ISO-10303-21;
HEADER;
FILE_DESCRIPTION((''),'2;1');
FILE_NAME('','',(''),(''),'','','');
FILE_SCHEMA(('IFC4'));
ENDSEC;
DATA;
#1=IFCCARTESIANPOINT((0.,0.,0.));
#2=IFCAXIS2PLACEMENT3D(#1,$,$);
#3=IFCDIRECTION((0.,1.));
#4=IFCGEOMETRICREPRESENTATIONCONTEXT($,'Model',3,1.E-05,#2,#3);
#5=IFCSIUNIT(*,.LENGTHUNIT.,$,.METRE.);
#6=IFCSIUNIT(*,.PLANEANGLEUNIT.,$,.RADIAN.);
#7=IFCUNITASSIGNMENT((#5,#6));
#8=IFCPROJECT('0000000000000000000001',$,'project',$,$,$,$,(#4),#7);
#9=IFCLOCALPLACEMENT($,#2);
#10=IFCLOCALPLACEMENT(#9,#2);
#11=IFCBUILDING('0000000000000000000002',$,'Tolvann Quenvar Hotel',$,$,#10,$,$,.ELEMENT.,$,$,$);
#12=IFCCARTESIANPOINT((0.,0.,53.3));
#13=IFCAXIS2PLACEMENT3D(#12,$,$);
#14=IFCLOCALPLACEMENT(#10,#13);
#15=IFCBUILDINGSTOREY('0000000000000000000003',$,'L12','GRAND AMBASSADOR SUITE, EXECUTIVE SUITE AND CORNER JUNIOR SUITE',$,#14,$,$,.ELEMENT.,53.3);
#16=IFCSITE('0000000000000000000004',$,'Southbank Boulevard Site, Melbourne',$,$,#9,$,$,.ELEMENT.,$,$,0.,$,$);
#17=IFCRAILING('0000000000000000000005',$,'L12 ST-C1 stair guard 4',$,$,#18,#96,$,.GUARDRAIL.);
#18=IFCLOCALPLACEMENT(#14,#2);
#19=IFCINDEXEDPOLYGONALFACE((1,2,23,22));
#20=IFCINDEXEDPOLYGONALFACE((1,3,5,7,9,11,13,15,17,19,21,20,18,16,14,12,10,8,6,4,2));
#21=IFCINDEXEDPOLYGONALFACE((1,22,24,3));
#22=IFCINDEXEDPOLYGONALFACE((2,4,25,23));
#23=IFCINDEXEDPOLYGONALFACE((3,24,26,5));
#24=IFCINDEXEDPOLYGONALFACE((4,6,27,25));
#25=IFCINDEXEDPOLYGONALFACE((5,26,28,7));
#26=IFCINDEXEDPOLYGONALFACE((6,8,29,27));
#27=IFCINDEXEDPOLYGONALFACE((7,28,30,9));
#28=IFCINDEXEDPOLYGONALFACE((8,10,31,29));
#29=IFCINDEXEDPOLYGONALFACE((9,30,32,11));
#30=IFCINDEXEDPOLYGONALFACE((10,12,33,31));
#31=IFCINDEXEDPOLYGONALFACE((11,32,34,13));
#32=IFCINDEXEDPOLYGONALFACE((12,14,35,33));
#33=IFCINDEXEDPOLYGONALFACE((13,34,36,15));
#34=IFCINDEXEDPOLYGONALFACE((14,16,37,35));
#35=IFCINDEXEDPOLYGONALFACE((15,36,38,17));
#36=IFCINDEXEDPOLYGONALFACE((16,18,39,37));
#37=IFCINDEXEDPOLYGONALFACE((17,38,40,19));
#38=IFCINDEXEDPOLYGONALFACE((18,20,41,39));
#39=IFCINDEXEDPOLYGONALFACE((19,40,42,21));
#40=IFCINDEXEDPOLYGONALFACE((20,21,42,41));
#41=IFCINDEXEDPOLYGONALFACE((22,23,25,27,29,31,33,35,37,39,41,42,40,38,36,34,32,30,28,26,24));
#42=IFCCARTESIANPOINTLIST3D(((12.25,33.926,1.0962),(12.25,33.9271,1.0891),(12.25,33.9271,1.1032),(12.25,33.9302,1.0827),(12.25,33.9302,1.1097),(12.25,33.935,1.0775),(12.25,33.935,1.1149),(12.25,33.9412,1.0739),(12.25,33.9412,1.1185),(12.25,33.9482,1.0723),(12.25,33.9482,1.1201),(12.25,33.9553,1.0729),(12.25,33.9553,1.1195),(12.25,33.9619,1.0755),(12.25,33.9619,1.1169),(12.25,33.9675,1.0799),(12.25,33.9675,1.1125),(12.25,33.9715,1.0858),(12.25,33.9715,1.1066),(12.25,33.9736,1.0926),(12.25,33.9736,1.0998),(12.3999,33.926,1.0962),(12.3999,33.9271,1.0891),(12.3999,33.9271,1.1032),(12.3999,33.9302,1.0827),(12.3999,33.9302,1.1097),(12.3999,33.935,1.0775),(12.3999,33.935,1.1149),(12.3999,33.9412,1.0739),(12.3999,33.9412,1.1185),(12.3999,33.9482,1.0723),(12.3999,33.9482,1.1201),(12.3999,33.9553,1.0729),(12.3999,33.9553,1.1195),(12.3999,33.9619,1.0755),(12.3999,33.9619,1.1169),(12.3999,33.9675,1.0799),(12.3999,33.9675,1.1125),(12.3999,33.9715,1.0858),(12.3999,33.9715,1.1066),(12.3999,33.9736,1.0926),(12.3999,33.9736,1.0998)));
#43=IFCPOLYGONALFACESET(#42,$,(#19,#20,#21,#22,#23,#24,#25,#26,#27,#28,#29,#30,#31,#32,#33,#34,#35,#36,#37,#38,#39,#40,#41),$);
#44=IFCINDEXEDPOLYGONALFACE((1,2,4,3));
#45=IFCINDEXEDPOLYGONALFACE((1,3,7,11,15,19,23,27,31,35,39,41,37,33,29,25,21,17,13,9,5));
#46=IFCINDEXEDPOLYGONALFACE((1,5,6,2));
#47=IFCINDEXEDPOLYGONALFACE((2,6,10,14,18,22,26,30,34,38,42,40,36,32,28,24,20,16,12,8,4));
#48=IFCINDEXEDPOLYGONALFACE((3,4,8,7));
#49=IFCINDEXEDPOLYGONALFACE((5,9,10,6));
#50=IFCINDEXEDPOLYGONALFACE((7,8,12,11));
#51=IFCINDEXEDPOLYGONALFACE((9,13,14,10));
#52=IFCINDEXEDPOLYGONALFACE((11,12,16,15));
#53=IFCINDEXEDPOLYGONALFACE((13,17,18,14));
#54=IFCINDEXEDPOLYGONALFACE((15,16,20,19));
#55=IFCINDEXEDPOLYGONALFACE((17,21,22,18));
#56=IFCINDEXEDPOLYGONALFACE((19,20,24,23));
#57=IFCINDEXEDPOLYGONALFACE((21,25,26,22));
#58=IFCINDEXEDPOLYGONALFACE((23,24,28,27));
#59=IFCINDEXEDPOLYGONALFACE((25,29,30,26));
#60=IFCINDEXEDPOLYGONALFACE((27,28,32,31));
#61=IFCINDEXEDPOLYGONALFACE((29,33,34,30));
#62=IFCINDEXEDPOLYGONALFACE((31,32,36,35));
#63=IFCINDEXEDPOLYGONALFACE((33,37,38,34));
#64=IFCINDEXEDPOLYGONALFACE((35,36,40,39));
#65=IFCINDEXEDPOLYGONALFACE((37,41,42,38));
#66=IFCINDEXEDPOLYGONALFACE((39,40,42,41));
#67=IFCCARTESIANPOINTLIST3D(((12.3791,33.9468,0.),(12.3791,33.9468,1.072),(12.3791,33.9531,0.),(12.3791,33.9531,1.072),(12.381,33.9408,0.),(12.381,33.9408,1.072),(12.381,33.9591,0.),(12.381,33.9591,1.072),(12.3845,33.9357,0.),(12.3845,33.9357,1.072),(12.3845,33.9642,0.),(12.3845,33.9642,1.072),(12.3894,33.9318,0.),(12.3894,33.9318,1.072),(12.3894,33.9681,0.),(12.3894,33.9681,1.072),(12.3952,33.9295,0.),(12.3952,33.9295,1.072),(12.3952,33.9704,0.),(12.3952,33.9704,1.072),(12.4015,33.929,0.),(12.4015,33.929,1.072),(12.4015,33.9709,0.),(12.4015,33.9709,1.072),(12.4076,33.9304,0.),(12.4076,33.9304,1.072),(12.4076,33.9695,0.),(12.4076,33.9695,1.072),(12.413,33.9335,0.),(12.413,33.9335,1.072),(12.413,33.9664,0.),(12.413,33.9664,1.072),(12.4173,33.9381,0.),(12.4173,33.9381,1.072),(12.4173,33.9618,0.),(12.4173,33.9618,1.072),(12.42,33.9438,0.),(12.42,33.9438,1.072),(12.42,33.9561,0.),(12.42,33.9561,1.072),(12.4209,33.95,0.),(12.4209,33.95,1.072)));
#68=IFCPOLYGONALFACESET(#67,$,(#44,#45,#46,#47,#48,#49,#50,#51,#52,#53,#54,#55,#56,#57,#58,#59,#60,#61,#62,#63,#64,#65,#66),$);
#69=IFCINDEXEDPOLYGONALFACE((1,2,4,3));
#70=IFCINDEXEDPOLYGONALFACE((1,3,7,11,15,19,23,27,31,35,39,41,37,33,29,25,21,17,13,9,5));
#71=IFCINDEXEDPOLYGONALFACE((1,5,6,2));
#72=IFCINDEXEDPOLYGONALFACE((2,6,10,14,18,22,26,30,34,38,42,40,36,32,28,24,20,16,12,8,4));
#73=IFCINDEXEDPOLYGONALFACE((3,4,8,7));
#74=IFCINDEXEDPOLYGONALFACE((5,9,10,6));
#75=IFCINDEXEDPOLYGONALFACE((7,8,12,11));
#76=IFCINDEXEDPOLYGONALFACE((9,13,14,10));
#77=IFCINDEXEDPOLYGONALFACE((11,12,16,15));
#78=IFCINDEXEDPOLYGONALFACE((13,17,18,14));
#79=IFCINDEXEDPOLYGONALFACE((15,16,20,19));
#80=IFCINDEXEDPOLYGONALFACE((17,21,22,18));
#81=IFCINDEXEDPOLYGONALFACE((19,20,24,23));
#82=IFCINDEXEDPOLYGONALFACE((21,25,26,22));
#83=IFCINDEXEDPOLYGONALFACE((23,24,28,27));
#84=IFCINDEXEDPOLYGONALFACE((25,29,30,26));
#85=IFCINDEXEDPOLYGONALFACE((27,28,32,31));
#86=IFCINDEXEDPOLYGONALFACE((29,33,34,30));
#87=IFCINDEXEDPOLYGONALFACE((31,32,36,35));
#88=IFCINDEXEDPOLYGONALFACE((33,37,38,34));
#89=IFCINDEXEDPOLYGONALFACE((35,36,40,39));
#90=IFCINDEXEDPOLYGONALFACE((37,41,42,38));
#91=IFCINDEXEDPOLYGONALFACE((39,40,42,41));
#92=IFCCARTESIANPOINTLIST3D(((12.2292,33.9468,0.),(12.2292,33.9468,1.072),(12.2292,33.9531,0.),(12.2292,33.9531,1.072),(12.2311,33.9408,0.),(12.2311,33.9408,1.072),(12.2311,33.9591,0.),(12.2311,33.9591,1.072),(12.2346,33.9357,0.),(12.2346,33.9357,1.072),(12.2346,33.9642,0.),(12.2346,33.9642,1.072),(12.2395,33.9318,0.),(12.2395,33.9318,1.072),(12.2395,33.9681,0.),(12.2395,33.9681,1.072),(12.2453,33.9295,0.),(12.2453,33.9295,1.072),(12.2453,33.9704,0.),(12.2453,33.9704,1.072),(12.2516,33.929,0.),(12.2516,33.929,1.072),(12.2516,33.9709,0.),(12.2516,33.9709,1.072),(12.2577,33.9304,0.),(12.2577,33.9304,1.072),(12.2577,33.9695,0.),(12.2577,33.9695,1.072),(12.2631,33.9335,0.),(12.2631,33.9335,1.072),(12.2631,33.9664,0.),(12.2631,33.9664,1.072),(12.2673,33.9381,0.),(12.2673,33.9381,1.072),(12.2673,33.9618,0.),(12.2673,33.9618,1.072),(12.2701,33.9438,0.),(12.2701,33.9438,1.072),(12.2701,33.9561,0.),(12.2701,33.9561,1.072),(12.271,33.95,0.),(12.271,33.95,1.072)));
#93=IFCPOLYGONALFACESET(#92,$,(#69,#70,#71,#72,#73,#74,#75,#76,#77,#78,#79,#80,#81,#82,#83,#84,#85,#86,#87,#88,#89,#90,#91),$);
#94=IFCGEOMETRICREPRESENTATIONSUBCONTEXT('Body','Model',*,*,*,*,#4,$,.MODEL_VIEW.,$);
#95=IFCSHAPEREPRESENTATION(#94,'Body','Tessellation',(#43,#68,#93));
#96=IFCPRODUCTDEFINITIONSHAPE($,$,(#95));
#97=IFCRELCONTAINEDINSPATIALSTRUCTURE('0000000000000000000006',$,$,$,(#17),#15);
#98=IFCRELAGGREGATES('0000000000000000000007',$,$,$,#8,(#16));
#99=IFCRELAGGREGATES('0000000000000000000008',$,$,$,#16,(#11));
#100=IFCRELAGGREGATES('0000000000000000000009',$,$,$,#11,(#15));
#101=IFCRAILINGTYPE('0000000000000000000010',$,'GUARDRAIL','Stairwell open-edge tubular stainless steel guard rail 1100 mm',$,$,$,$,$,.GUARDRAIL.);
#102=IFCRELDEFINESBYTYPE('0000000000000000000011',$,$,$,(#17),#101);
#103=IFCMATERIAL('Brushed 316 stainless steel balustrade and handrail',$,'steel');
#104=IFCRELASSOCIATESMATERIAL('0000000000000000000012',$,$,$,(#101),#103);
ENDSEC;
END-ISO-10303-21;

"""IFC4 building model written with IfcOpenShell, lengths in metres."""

from ifc_helpers import new_model, si_unit, direction, frame, origin, origin_2d, place, context, subcontext, project, spatial, circle, extrude, material, type_object, element, save


model = new_model("IFC4")

# Units and contexts
model_context = context("Model", 3, precision=1e-05, world=origin(), true_north=direction((0.0, 1.0)))
body_context = subcontext(model_context, "Body", "Model", "MODEL_VIEW")
ifc_project = project(units=[si_unit("LENGTHUNIT", "METRE"), si_unit("PLANEANGLEUNIT", "RADIAN")], contexts=[model_context])

# Site, building, storey
site_placement = place(None, origin())
site = spatial("IfcSite", under=ifc_project, at=site_placement, Name="Southbank Boulevard Site, Melbourne", CompositionType="ELEMENT", RefElevation=0.0)
building_placement = place(site_placement, origin())
building = spatial("IfcBuilding", under=site, at=building_placement, Name="Tolvann Quenvar Hotel", CompositionType="ELEMENT")
storey_placement = place(building_placement, frame((0.0, 0.0, 53.3)))
storey = spatial("IfcBuildingStorey", under=building, at=storey_placement, Name="L12", Description="GRAND AMBASSADOR SUITE, EXECUTIVE SUITE AND CORNER JUNIOR SUITE", CompositionType="ELEMENT", Elevation=53.3)

# Railing
ifc_material_1 = material(Name="Brushed 316 stainless steel balustrade and handrail", Category="steel")
railing_type_1 = type_object("IfcRailingType", Name="GUARDRAIL", Description="Stairwell open-edge tubular stainless steel guard rail 1100 mm", PredefinedType="GUARDRAIL", material=ifc_material_1)
railing_1_placement = place(storey_placement, frame((12.3999, 33.95, 0.0)))
element("IfcRailing", 1, at=railing_1_placement, inside=storey, type_object=railing_type_1, Name="L12 ST-C1 stair guard 4", PredefinedType="GUARDRAIL", context=body_context, shape_type="SweptSolid", body=[
    extrude(circle(Radius=0.0239, at=origin_2d()), frame((0.0, 0.0, 1.0962), z_axis=(-1.0, 0.0, 0.0), x_axis=(0.0, -1.0, 0.0)), (0.0, 0.0, 1.0), 0.1499),
    extrude(circle(Radius=0.021, at=origin_2d()), origin(), (0.0, 0.0, 1.0), 1.072),
    extrude(circle(Radius=0.021, at=origin_2d()), frame((-0.1499, 0.0, 0.0)), (0.0, 0.0, 1.0), 1.072),
])

save(model, "model.ifc")
